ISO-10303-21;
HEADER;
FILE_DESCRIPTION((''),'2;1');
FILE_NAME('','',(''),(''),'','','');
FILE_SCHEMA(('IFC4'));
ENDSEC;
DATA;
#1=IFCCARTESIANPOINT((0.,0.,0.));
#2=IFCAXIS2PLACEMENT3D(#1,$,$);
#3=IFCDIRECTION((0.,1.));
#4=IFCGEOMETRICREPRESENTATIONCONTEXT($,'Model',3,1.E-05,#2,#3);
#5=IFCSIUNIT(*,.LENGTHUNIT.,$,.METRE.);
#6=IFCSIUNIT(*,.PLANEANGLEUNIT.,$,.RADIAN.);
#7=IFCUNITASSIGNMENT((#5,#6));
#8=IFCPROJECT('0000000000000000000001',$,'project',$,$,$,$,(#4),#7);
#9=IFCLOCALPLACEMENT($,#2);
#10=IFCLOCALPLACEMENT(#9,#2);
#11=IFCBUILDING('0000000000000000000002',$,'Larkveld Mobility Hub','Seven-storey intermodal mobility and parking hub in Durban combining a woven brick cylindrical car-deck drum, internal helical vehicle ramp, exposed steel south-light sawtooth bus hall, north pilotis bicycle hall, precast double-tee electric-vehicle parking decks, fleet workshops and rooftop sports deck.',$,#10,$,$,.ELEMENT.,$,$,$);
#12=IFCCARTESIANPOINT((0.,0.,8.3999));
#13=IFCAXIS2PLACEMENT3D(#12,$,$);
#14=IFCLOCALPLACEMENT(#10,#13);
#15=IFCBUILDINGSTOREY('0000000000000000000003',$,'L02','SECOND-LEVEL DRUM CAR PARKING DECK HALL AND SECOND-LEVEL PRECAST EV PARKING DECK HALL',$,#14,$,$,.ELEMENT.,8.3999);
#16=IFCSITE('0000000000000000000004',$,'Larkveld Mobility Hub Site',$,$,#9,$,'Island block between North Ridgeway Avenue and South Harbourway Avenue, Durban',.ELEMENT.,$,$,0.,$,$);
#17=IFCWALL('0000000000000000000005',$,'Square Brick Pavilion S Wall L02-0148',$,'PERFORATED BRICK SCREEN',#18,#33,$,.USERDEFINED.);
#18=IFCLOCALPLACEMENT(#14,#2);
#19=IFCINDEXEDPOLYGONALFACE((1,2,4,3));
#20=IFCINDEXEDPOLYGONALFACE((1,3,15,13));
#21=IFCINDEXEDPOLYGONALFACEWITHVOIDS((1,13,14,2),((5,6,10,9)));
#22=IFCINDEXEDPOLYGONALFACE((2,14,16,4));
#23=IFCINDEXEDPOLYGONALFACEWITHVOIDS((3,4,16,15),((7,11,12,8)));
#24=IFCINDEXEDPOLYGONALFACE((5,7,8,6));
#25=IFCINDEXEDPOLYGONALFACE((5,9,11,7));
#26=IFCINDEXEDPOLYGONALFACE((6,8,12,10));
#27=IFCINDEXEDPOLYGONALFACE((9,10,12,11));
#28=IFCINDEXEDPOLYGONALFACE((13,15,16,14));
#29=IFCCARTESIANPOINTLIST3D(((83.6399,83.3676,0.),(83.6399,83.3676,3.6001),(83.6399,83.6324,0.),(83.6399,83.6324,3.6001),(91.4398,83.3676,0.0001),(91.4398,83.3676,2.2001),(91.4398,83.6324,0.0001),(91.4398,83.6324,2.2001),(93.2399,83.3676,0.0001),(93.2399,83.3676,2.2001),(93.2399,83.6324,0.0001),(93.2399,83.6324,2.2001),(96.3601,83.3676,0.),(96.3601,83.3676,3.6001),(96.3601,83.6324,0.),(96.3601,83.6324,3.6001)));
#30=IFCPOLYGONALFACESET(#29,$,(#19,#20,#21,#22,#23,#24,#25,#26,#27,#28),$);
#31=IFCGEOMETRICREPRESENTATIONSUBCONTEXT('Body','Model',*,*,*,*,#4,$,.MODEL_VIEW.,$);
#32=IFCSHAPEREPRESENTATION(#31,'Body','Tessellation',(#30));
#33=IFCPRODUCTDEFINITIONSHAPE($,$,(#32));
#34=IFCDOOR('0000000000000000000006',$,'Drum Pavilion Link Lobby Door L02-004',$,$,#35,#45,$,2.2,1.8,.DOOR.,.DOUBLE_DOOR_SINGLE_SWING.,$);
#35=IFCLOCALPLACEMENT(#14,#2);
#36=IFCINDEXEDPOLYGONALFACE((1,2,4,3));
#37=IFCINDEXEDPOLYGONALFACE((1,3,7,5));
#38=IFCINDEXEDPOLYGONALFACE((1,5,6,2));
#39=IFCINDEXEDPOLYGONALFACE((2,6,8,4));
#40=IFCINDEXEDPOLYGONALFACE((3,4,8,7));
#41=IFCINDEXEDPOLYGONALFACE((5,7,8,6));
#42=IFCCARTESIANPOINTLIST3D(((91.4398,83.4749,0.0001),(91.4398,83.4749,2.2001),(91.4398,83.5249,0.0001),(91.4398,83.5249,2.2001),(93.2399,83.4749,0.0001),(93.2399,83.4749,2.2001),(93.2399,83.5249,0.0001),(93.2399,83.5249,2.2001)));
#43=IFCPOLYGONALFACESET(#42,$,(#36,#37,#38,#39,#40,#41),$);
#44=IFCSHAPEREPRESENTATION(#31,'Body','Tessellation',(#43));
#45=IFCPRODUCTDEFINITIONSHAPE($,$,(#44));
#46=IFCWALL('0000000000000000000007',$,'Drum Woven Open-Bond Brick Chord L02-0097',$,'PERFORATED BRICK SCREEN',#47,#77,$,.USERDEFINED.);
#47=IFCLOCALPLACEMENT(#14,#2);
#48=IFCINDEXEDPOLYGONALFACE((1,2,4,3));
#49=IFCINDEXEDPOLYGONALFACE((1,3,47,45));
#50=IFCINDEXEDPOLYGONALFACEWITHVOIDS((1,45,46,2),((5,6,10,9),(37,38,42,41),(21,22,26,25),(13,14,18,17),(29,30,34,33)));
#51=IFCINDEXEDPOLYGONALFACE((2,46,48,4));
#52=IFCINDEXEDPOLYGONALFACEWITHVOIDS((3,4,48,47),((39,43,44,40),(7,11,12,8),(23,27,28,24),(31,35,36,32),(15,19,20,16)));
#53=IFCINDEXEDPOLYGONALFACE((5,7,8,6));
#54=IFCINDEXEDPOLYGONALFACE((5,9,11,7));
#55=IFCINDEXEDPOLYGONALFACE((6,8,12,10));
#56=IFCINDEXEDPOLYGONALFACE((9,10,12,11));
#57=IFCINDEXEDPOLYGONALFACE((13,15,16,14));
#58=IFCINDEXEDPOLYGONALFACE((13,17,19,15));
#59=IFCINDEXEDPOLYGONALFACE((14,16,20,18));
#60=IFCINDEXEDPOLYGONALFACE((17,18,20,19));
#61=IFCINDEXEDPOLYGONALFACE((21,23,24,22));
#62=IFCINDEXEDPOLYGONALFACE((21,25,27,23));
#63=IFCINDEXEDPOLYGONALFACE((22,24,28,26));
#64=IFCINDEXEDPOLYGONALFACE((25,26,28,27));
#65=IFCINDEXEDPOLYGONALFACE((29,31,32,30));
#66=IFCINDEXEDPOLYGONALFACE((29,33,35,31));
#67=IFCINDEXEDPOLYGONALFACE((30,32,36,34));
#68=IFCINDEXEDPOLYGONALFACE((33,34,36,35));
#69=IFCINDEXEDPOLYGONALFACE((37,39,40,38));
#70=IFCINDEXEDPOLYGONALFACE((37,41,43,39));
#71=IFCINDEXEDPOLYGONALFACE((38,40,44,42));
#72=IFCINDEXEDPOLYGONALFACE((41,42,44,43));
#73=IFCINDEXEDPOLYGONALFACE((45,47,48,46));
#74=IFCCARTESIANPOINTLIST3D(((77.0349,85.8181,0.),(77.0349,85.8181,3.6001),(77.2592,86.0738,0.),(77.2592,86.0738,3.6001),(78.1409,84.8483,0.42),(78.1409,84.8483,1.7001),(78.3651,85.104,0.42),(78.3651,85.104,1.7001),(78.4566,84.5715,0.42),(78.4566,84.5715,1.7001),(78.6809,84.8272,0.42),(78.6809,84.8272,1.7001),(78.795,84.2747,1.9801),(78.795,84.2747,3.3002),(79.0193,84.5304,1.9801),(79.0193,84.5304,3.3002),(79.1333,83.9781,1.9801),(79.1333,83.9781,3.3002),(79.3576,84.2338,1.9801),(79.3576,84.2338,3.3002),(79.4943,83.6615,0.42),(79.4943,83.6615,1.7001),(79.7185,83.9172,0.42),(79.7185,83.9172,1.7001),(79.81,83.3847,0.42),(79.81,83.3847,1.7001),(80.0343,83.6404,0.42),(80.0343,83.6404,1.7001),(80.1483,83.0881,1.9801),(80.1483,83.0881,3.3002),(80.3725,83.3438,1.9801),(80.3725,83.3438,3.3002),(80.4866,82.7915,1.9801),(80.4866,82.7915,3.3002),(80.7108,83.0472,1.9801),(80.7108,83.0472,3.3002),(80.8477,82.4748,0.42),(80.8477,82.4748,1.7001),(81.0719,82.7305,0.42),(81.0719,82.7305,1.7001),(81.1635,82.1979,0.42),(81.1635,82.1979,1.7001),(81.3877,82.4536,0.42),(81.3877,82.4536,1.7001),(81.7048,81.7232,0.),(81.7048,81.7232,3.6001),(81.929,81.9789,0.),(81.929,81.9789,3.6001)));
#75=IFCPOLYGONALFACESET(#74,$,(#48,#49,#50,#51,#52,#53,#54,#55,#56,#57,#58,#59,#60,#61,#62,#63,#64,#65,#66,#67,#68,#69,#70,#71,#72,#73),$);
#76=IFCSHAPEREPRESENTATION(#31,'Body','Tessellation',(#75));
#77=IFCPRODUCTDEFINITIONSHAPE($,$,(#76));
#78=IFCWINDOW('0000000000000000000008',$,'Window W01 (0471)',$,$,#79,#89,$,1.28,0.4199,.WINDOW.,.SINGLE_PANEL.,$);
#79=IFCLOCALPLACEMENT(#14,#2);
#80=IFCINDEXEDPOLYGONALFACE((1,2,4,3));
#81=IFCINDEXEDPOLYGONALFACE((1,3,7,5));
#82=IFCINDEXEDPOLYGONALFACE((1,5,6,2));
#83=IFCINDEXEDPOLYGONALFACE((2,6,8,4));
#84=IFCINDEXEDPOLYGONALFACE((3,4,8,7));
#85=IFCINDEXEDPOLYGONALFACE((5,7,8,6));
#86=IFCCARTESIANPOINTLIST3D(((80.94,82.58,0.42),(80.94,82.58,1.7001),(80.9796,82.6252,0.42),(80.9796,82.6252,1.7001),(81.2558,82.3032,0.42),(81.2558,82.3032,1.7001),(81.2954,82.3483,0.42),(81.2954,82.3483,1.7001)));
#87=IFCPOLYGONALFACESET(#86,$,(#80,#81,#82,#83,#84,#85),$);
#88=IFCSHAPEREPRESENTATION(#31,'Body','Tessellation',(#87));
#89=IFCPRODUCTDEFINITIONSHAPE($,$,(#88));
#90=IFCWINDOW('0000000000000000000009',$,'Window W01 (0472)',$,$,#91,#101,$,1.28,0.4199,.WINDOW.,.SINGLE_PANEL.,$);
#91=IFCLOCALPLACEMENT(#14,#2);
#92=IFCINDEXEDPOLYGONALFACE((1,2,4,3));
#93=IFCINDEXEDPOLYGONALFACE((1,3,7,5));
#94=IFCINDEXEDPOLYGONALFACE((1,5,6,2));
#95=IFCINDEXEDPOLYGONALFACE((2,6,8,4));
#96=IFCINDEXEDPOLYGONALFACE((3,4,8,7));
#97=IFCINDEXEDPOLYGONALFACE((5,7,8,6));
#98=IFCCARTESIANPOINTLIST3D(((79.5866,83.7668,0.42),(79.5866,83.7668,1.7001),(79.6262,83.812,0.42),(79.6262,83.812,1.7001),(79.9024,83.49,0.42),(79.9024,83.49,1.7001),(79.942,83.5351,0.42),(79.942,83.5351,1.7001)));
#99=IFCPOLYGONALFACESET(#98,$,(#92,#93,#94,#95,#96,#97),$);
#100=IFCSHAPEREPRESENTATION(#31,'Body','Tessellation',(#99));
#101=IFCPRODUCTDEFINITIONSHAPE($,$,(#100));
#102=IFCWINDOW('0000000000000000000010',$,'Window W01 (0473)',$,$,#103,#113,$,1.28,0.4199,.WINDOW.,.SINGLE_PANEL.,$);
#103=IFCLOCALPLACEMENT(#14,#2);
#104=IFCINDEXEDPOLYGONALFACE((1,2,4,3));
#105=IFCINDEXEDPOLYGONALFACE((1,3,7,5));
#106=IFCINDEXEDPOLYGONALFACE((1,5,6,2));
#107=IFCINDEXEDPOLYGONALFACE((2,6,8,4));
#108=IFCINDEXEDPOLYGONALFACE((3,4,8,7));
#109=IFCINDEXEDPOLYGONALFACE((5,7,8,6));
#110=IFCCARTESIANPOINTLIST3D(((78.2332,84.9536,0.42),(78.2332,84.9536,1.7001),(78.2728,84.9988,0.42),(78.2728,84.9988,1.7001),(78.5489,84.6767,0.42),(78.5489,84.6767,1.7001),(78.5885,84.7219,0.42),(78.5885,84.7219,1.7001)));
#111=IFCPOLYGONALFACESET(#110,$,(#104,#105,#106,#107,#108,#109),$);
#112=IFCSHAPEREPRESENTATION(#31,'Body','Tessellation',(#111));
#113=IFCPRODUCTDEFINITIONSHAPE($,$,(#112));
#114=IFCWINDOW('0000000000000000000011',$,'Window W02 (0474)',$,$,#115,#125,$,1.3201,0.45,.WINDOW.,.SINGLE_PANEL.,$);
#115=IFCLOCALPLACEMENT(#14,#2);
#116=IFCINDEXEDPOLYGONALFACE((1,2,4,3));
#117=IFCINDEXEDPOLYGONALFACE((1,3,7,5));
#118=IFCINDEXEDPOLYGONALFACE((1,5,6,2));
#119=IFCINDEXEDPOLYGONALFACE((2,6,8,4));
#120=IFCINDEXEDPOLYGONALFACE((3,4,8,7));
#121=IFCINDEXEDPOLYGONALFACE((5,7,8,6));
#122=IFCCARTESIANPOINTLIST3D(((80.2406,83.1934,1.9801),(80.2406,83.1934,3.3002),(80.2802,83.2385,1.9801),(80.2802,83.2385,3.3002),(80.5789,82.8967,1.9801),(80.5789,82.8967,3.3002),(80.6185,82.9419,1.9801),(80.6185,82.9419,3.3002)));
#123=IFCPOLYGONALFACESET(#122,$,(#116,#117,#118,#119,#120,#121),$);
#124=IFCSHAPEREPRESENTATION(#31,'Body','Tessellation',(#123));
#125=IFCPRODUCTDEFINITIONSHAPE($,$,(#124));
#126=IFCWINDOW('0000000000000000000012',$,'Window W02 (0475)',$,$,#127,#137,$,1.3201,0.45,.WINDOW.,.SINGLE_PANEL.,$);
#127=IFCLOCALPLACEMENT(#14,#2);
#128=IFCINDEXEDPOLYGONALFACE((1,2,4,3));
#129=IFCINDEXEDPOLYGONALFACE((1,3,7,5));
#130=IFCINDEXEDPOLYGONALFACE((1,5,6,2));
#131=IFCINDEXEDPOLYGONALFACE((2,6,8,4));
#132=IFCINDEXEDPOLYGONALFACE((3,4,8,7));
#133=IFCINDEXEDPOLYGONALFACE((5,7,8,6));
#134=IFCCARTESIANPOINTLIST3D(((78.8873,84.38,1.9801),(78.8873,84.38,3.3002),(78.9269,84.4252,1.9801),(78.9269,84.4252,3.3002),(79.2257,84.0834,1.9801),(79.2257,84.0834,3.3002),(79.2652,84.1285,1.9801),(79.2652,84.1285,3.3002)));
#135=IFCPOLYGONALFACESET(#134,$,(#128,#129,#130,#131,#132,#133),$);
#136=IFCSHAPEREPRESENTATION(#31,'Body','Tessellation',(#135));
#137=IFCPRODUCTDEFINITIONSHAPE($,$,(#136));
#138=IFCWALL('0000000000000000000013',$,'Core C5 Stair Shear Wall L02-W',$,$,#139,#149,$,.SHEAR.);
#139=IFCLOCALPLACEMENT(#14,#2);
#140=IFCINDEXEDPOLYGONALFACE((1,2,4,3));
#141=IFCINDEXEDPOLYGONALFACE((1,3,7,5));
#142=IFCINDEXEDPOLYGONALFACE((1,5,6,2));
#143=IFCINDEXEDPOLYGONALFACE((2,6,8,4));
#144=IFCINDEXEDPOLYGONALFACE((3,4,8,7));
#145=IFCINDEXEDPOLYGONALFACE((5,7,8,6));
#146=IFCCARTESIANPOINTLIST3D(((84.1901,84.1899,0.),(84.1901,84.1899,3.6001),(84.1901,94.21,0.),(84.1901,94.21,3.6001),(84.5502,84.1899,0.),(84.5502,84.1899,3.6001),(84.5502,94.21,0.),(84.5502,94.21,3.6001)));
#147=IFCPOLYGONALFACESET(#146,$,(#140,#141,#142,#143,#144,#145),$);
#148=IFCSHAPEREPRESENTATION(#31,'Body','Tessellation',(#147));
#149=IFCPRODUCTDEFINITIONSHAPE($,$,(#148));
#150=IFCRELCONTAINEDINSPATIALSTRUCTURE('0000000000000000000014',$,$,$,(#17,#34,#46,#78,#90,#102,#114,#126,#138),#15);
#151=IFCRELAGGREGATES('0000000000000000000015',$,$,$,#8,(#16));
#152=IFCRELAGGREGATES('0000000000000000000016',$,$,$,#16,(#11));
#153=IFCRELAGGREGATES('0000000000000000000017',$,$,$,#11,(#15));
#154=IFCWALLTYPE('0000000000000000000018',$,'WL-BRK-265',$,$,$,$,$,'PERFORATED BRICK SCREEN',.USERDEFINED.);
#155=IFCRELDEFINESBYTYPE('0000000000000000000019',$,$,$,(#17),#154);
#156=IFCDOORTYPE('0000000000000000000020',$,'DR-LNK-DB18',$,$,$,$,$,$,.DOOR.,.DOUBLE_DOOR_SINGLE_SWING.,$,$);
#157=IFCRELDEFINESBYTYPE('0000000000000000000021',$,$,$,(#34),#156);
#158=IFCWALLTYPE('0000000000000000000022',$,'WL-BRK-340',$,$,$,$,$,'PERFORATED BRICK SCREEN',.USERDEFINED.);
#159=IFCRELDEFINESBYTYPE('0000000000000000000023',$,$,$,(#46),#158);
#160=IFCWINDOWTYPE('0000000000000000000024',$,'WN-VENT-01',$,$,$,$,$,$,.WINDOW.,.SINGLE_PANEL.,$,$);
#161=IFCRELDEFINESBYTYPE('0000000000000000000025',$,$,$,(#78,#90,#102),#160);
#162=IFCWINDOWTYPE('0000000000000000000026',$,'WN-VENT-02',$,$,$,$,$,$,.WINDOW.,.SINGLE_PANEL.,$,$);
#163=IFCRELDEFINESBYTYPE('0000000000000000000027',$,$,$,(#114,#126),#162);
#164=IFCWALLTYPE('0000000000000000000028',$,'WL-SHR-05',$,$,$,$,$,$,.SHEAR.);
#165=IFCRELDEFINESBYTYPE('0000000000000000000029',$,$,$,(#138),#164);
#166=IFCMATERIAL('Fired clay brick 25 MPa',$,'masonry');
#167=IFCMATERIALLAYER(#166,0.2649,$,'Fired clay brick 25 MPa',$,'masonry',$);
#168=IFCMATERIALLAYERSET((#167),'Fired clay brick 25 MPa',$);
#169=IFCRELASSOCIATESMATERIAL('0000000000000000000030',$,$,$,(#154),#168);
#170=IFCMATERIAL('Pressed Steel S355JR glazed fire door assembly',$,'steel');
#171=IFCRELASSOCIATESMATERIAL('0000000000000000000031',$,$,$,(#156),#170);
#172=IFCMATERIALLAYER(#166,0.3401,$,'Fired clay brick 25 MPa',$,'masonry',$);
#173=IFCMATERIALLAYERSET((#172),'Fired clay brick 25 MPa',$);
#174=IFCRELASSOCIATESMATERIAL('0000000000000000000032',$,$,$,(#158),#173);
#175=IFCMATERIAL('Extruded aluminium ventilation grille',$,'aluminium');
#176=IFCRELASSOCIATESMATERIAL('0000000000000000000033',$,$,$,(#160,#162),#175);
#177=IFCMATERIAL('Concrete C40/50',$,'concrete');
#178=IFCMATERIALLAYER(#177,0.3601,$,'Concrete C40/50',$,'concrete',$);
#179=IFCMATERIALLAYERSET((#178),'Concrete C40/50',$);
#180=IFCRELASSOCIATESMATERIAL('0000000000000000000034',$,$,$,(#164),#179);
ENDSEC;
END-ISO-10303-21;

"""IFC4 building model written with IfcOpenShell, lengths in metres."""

from ifc_helpers import new_model, si_unit, direction, frame, frame_2d, origin, place, context, subcontext, project, spatial, rectangle, extrude, material, layer, layer_set, type_object, element, fill, save


model = new_model("IFC4")

# Units and contexts
model_context = context("Model", 3, precision=1e-05, world=origin(), true_north=direction((0.0, 1.0)))
body_context = subcontext(model_context, "Body", "Model", "MODEL_VIEW")
ifc_project = project(units=[si_unit("LENGTHUNIT", "METRE"), si_unit("PLANEANGLEUNIT", "RADIAN")], contexts=[model_context])

# Site, building, storey
site_placement = place(None, origin())
site = spatial("IfcSite", under=ifc_project, at=site_placement, Name="Larkveld Mobility Hub Site", LongName="Island block between North Ridgeway Avenue and South Harbourway Avenue, Durban", CompositionType="ELEMENT", RefElevation=0.0)
building_placement = place(site_placement, origin())
building = spatial("IfcBuilding", under=site, at=building_placement, Name="Larkveld Mobility Hub", Description="Seven-storey intermodal mobility and parking hub in Durban combining a woven brick cylindrical car-deck drum, internal helical vehicle ramp, exposed steel south-light sawtooth bus hall, north pilotis bicycle hall, precast double-tee electric-vehicle parking decks, fleet workshops and rooftop sports deck.", CompositionType="ELEMENT")
storey_placement = place(building_placement, frame((0.0, 0.0, 8.3999)))
storey = spatial("IfcBuildingStorey", under=building, at=storey_placement, Name="L02", Description="SECOND-LEVEL DRUM CAR PARKING DECK HALL AND SECOND-LEVEL PRECAST EV PARKING DECK HALL", CompositionType="ELEMENT", Elevation=8.3999)

# Shared definitions
ifc_material_1 = material(Name="Concrete C40/50", Category="concrete")

# Shared definitions
ifc_material_2 = material(Name="Fired clay brick 25 MPa", Category="masonry")

# Wall, opening, door
ifc_layer_1 = layer(ifc_material_2, 0.2649, Name="Fired clay brick 25 MPa", Category="masonry")
ifc_layer_set_1 = layer_set([ifc_layer_1], Name="Fired clay brick 25 MPa")
wall_type_1 = type_object("IfcWallType", Name="WL-BRK-265", ElementType="PERFORATED BRICK SCREEN", PredefinedType="USERDEFINED", material=ifc_layer_set_1)
wall_1_placement = place(storey_placement, frame((83.6399, 83.5, 0.0), z_axis=(0.0, 0.0, 1.0), x_axis=(1.0, 0.0, 0.0)))
wall_1 = element("IfcWall", 1, at=wall_1_placement, inside=storey, type_object=wall_type_1, Name="Square Brick Pavilion S Wall L02-0148", ObjectType="PERFORATED BRICK SCREEN", PredefinedType="USERDEFINED", context=body_context, shape_type="SweptSolid", body=[
    extrude(rectangle(XDim=12.7202, YDim=0.2649, at=frame_2d((6.3601, 0.0))), origin(), (0.0, 0.0, 1.0), 3.6001),
])
opening_1_placement = place(wall_1_placement, frame((7.8, 0.0, 0.0)))
opening_1 = element("IfcOpeningElement", 2, at=opening_1_placement, cuts=wall_1, PredefinedType="OPENING", context=body_context, shape_type="SweptSolid", body=[
    extrude(rectangle(XDim=1.8, YDim=2.2, at=frame_2d((0.8999, 1.1001))), frame((0.0, 0.1426, 0.0), z_axis=(0.0, -1.0, 0.0), x_axis=(1.0, 0.0, 0.0)), (0.0, 0.0, 1.0), 0.2849),
])
ifc_material_3 = material(Name="Pressed Steel S355JR glazed fire door assembly", Category="steel")
door_type = type_object("IfcDoorType", Name="DR-LNK-DB18", OperationType="DOUBLE_DOOR_SINGLE_SWING", PredefinedType="DOOR", material=ifc_material_3)
door_placement = place(opening_1_placement, origin())
door = element("IfcDoor", 3, at=door_placement, inside=storey, type_object=door_type, Name="Drum Pavilion Link Lobby Door L02-004", OperationType="DOUBLE_DOOR_SINGLE_SWING", OverallHeight=2.2, OverallWidth=1.8, PredefinedType="DOOR", context=body_context, shape_type="SweptSolid", body=[
    extrude(rectangle(XDim=1.8, YDim=2.2, at=frame_2d((0.8999, 1.1001))), frame((0.0, 0.0249, 0.0), z_axis=(0.0, -1.0, 0.0), x_axis=(1.0, 0.0, 0.0)), (0.0, 0.0, 1.0), 0.05),
])
fill(opening_1, door)

# Wall, openings, windows
ifc_layer_2 = layer(ifc_material_2, 0.3401, Name="Fired clay brick 25 MPa", Category="masonry")
ifc_layer_set_2 = layer_set([ifc_layer_2], Name="Fired clay brick 25 MPa")
wall_type_2 = type_object("IfcWallType", Name="WL-BRK-340", ElementType="PERFORATED BRICK SCREEN", PredefinedType="USERDEFINED", material=ifc_layer_set_2)
wall_2_placement = place(storey_placement, frame((81.8169, 81.8511, 0.0), z_axis=(0.0, 0.0, 1.0), x_axis=(-0.751875, 0.659306, 0.0)))
wall_2 = element("IfcWall", 4, at=wall_2_placement, inside=storey, type_object=wall_type_2, Name="Drum Woven Open-Bond Brick Chord L02-0097", ObjectType="PERFORATED BRICK SCREEN", PredefinedType="USERDEFINED", context=body_context, shape_type="SweptSolid", body=[
    extrude(rectangle(XDim=6.2109, YDim=0.3401, at=frame_2d((3.1055, 0.0))), origin(), (0.0, 0.0, 1.0), 3.6001),
])
opening_2_placement = place(wall_2_placement, frame((0.72, 0.0, 0.4199)))
opening_2 = element("IfcOpeningElement", 5, at=opening_2_placement, cuts=wall_2, PredefinedType="OPENING", context=body_context, shape_type="SweptSolid", body=[
    extrude(rectangle(XDim=0.4199, YDim=1.28, at=frame_2d((0.21, 0.6401))), frame((0.0, 0.1802, 0.0), z_axis=(0.0, -1.0, 0.0), x_axis=(1.0, 0.0, 0.0)), (0.0, 0.0, 1.0), 0.3601),
])
opening_3_placement = place(wall_2_placement, frame((2.52, 0.0, 0.4199)))
opening_3 = element("IfcOpeningElement", 6, at=opening_3_placement, cuts=wall_2, PredefinedType="OPENING", context=body_context, shape_type="SweptSolid", body=[
    extrude(rectangle(XDim=0.4199, YDim=1.28, at=frame_2d((0.21, 0.6401))), frame((0.0, 0.1802, 0.0), z_axis=(0.0, -1.0, 0.0), x_axis=(1.0, 0.0, 0.0)), (0.0, 0.0, 1.0), 0.3601),
])
opening_4_placement = place(wall_2_placement, frame((4.3201, 0.0, 0.4199)))
opening_4 = element("IfcOpeningElement", 7, at=opening_4_placement, cuts=wall_2, PredefinedType="OPENING", context=body_context, shape_type="SweptSolid", body=[
    extrude(rectangle(XDim=0.4199, YDim=1.28, at=frame_2d((0.21, 0.6401))), frame((0.0, 0.1802, 0.0), z_axis=(0.0, -1.0, 0.0), x_axis=(1.0, 0.0, 0.0)), (0.0, 0.0, 1.0), 0.3601),
])
opening_5_placement = place(wall_2_placement, frame((1.6201, 0.0, 1.98)))
opening_5 = element("IfcOpeningElement", 8, at=opening_5_placement, cuts=wall_2, PredefinedType="OPENING", context=body_context, shape_type="SweptSolid", body=[
    extrude(rectangle(XDim=0.45, YDim=1.3201, at=frame_2d((0.2251, 0.6602))), frame((0.0, 0.1802, 0.0), z_axis=(0.0, -1.0, 0.0), x_axis=(1.0, 0.0, 0.0)), (0.0, 0.0, 1.0), 0.3601),
])
opening_6_placement = place(wall_2_placement, frame((3.4199, 0.0, 1.98)))
opening_6 = element("IfcOpeningElement", 9, at=opening_6_placement, cuts=wall_2, PredefinedType="OPENING", context=body_context, shape_type="SweptSolid", body=[
    extrude(rectangle(XDim=0.45, YDim=1.3201, at=frame_2d((0.2251, 0.6602))), frame((0.0, 0.1802, 0.0), z_axis=(0.0, -1.0, 0.0), x_axis=(1.0, 0.0, 0.0)), (0.0, 0.0, 1.0), 0.3601),
])
ifc_material_4 = material(Name="Extruded aluminium ventilation grille", Category="aluminium")
window_type_1 = type_object("IfcWindowType", Name="WN-VENT-01", PartitioningType="SINGLE_PANEL", PredefinedType="WINDOW", material=ifc_material_4)
window_1_placement = place(opening_2_placement, origin())
window_1 = element("IfcWindow", 10, at=window_1_placement, inside=storey, type_object=window_type_1, Name="Window W01 (0471)", OverallHeight=1.28, OverallWidth=0.4199, PartitioningType="SINGLE_PANEL", PredefinedType="WINDOW", context=body_context, shape_type="SweptSolid", body=[
    extrude(rectangle(XDim=0.4199, YDim=1.28, at=frame_2d((0.21, 0.6401))), frame((0.0, 0.03, 0.0), z_axis=(0.0, -1.0, 0.0), x_axis=(1.0, 0.0, 0.0)), (0.0, 0.0, 1.0), 0.0601),
])
fill(opening_2, window_1)
window_2_placement = place(opening_3_placement, origin())
window_2 = element("IfcWindow", 11, at=window_2_placement, inside=storey, type_object=window_type_1, Name="Window W01 (0472)", OverallHeight=1.28, OverallWidth=0.4199, PartitioningType="SINGLE_PANEL", PredefinedType="WINDOW", context=body_context, shape_type="SweptSolid", body=[
    extrude(rectangle(XDim=0.4199, YDim=1.28, at=frame_2d((0.21, 0.6401))), frame((0.0, 0.03, 0.0), z_axis=(0.0, -1.0, 0.0), x_axis=(1.0, 0.0, 0.0)), (0.0, 0.0, 1.0), 0.0601),
])
fill(opening_3, window_2)
window_3_placement = place(opening_4_placement, origin())
window_3 = element("IfcWindow", 12, at=window_3_placement, inside=storey, type_object=window_type_1, Name="Window W01 (0473)", OverallHeight=1.28, OverallWidth=0.4199, PartitioningType="SINGLE_PANEL", PredefinedType="WINDOW", context=body_context, shape_type="SweptSolid", body=[
    extrude(rectangle(XDim=0.4199, YDim=1.28, at=frame_2d((0.21, 0.6401))), frame((0.0, 0.03, 0.0), z_axis=(0.0, -1.0, 0.0), x_axis=(1.0, 0.0, 0.0)), (0.0, 0.0, 1.0), 0.0601),
])
fill(opening_4, window_3)
window_type_2 = type_object("IfcWindowType", Name="WN-VENT-02", PartitioningType="SINGLE_PANEL", PredefinedType="WINDOW", material=ifc_material_4)
window_4_placement = place(opening_5_placement, origin())
window_4 = element("IfcWindow", 13, at=window_4_placement, inside=storey, type_object=window_type_2, Name="Window W02 (0474)", OverallHeight=1.3201, OverallWidth=0.45, PartitioningType="SINGLE_PANEL", PredefinedType="WINDOW", context=body_context, shape_type="SweptSolid", body=[
    extrude(rectangle(XDim=0.45, YDim=1.3201, at=frame_2d((0.2251, 0.6602))), frame((0.0, 0.03, 0.0), z_axis=(0.0, -1.0, 0.0), x_axis=(1.0, 0.0, 0.0)), (0.0, 0.0, 1.0), 0.0601),
])
fill(opening_5, window_4)
window_5_placement = place(opening_6_placement, origin())
window_5 = element("IfcWindow", 14, at=window_5_placement, inside=storey, type_object=window_type_2, Name="Window W02 (0475)", OverallHeight=1.3201, OverallWidth=0.45, PartitioningType="SINGLE_PANEL", PredefinedType="WINDOW", context=body_context, shape_type="SweptSolid", body=[
    extrude(rectangle(XDim=0.45, YDim=1.3201, at=frame_2d((0.2251, 0.6602))), frame((0.0, 0.03, 0.0), z_axis=(0.0, -1.0, 0.0), x_axis=(1.0, 0.0, 0.0)), (0.0, 0.0, 1.0), 0.0601),
])
fill(opening_6, window_5)

# Wall
ifc_layer_3 = layer(ifc_material_1, 0.3601, Name="Concrete C40/50", Category="concrete")
ifc_layer_set_3 = layer_set([ifc_layer_3], Name="Concrete C40/50")
wall_type_3 = type_object("IfcWallType", Name="WL-SHR-05", PredefinedType="SHEAR", material=ifc_layer_set_3)
wall_3_placement = place(storey_placement, frame((84.3701, 84.1899, 0.0), z_axis=(0.0, 0.0, 1.0), x_axis=(0.0, 1.0, 0.0)))
element("IfcWall", 15, at=wall_3_placement, inside=storey, type_object=wall_type_3, Name="Core C5 Stair Shear Wall L02-W", PredefinedType="SHEAR", context=body_context, shape_type="SweptSolid", body=[
    extrude(rectangle(XDim=10.02, YDim=0.3601, at=frame_2d((5.01, 0.0))), origin(), (0.0, 0.0, 1.0), 3.6001),
])

save(model, "model.ifc")
